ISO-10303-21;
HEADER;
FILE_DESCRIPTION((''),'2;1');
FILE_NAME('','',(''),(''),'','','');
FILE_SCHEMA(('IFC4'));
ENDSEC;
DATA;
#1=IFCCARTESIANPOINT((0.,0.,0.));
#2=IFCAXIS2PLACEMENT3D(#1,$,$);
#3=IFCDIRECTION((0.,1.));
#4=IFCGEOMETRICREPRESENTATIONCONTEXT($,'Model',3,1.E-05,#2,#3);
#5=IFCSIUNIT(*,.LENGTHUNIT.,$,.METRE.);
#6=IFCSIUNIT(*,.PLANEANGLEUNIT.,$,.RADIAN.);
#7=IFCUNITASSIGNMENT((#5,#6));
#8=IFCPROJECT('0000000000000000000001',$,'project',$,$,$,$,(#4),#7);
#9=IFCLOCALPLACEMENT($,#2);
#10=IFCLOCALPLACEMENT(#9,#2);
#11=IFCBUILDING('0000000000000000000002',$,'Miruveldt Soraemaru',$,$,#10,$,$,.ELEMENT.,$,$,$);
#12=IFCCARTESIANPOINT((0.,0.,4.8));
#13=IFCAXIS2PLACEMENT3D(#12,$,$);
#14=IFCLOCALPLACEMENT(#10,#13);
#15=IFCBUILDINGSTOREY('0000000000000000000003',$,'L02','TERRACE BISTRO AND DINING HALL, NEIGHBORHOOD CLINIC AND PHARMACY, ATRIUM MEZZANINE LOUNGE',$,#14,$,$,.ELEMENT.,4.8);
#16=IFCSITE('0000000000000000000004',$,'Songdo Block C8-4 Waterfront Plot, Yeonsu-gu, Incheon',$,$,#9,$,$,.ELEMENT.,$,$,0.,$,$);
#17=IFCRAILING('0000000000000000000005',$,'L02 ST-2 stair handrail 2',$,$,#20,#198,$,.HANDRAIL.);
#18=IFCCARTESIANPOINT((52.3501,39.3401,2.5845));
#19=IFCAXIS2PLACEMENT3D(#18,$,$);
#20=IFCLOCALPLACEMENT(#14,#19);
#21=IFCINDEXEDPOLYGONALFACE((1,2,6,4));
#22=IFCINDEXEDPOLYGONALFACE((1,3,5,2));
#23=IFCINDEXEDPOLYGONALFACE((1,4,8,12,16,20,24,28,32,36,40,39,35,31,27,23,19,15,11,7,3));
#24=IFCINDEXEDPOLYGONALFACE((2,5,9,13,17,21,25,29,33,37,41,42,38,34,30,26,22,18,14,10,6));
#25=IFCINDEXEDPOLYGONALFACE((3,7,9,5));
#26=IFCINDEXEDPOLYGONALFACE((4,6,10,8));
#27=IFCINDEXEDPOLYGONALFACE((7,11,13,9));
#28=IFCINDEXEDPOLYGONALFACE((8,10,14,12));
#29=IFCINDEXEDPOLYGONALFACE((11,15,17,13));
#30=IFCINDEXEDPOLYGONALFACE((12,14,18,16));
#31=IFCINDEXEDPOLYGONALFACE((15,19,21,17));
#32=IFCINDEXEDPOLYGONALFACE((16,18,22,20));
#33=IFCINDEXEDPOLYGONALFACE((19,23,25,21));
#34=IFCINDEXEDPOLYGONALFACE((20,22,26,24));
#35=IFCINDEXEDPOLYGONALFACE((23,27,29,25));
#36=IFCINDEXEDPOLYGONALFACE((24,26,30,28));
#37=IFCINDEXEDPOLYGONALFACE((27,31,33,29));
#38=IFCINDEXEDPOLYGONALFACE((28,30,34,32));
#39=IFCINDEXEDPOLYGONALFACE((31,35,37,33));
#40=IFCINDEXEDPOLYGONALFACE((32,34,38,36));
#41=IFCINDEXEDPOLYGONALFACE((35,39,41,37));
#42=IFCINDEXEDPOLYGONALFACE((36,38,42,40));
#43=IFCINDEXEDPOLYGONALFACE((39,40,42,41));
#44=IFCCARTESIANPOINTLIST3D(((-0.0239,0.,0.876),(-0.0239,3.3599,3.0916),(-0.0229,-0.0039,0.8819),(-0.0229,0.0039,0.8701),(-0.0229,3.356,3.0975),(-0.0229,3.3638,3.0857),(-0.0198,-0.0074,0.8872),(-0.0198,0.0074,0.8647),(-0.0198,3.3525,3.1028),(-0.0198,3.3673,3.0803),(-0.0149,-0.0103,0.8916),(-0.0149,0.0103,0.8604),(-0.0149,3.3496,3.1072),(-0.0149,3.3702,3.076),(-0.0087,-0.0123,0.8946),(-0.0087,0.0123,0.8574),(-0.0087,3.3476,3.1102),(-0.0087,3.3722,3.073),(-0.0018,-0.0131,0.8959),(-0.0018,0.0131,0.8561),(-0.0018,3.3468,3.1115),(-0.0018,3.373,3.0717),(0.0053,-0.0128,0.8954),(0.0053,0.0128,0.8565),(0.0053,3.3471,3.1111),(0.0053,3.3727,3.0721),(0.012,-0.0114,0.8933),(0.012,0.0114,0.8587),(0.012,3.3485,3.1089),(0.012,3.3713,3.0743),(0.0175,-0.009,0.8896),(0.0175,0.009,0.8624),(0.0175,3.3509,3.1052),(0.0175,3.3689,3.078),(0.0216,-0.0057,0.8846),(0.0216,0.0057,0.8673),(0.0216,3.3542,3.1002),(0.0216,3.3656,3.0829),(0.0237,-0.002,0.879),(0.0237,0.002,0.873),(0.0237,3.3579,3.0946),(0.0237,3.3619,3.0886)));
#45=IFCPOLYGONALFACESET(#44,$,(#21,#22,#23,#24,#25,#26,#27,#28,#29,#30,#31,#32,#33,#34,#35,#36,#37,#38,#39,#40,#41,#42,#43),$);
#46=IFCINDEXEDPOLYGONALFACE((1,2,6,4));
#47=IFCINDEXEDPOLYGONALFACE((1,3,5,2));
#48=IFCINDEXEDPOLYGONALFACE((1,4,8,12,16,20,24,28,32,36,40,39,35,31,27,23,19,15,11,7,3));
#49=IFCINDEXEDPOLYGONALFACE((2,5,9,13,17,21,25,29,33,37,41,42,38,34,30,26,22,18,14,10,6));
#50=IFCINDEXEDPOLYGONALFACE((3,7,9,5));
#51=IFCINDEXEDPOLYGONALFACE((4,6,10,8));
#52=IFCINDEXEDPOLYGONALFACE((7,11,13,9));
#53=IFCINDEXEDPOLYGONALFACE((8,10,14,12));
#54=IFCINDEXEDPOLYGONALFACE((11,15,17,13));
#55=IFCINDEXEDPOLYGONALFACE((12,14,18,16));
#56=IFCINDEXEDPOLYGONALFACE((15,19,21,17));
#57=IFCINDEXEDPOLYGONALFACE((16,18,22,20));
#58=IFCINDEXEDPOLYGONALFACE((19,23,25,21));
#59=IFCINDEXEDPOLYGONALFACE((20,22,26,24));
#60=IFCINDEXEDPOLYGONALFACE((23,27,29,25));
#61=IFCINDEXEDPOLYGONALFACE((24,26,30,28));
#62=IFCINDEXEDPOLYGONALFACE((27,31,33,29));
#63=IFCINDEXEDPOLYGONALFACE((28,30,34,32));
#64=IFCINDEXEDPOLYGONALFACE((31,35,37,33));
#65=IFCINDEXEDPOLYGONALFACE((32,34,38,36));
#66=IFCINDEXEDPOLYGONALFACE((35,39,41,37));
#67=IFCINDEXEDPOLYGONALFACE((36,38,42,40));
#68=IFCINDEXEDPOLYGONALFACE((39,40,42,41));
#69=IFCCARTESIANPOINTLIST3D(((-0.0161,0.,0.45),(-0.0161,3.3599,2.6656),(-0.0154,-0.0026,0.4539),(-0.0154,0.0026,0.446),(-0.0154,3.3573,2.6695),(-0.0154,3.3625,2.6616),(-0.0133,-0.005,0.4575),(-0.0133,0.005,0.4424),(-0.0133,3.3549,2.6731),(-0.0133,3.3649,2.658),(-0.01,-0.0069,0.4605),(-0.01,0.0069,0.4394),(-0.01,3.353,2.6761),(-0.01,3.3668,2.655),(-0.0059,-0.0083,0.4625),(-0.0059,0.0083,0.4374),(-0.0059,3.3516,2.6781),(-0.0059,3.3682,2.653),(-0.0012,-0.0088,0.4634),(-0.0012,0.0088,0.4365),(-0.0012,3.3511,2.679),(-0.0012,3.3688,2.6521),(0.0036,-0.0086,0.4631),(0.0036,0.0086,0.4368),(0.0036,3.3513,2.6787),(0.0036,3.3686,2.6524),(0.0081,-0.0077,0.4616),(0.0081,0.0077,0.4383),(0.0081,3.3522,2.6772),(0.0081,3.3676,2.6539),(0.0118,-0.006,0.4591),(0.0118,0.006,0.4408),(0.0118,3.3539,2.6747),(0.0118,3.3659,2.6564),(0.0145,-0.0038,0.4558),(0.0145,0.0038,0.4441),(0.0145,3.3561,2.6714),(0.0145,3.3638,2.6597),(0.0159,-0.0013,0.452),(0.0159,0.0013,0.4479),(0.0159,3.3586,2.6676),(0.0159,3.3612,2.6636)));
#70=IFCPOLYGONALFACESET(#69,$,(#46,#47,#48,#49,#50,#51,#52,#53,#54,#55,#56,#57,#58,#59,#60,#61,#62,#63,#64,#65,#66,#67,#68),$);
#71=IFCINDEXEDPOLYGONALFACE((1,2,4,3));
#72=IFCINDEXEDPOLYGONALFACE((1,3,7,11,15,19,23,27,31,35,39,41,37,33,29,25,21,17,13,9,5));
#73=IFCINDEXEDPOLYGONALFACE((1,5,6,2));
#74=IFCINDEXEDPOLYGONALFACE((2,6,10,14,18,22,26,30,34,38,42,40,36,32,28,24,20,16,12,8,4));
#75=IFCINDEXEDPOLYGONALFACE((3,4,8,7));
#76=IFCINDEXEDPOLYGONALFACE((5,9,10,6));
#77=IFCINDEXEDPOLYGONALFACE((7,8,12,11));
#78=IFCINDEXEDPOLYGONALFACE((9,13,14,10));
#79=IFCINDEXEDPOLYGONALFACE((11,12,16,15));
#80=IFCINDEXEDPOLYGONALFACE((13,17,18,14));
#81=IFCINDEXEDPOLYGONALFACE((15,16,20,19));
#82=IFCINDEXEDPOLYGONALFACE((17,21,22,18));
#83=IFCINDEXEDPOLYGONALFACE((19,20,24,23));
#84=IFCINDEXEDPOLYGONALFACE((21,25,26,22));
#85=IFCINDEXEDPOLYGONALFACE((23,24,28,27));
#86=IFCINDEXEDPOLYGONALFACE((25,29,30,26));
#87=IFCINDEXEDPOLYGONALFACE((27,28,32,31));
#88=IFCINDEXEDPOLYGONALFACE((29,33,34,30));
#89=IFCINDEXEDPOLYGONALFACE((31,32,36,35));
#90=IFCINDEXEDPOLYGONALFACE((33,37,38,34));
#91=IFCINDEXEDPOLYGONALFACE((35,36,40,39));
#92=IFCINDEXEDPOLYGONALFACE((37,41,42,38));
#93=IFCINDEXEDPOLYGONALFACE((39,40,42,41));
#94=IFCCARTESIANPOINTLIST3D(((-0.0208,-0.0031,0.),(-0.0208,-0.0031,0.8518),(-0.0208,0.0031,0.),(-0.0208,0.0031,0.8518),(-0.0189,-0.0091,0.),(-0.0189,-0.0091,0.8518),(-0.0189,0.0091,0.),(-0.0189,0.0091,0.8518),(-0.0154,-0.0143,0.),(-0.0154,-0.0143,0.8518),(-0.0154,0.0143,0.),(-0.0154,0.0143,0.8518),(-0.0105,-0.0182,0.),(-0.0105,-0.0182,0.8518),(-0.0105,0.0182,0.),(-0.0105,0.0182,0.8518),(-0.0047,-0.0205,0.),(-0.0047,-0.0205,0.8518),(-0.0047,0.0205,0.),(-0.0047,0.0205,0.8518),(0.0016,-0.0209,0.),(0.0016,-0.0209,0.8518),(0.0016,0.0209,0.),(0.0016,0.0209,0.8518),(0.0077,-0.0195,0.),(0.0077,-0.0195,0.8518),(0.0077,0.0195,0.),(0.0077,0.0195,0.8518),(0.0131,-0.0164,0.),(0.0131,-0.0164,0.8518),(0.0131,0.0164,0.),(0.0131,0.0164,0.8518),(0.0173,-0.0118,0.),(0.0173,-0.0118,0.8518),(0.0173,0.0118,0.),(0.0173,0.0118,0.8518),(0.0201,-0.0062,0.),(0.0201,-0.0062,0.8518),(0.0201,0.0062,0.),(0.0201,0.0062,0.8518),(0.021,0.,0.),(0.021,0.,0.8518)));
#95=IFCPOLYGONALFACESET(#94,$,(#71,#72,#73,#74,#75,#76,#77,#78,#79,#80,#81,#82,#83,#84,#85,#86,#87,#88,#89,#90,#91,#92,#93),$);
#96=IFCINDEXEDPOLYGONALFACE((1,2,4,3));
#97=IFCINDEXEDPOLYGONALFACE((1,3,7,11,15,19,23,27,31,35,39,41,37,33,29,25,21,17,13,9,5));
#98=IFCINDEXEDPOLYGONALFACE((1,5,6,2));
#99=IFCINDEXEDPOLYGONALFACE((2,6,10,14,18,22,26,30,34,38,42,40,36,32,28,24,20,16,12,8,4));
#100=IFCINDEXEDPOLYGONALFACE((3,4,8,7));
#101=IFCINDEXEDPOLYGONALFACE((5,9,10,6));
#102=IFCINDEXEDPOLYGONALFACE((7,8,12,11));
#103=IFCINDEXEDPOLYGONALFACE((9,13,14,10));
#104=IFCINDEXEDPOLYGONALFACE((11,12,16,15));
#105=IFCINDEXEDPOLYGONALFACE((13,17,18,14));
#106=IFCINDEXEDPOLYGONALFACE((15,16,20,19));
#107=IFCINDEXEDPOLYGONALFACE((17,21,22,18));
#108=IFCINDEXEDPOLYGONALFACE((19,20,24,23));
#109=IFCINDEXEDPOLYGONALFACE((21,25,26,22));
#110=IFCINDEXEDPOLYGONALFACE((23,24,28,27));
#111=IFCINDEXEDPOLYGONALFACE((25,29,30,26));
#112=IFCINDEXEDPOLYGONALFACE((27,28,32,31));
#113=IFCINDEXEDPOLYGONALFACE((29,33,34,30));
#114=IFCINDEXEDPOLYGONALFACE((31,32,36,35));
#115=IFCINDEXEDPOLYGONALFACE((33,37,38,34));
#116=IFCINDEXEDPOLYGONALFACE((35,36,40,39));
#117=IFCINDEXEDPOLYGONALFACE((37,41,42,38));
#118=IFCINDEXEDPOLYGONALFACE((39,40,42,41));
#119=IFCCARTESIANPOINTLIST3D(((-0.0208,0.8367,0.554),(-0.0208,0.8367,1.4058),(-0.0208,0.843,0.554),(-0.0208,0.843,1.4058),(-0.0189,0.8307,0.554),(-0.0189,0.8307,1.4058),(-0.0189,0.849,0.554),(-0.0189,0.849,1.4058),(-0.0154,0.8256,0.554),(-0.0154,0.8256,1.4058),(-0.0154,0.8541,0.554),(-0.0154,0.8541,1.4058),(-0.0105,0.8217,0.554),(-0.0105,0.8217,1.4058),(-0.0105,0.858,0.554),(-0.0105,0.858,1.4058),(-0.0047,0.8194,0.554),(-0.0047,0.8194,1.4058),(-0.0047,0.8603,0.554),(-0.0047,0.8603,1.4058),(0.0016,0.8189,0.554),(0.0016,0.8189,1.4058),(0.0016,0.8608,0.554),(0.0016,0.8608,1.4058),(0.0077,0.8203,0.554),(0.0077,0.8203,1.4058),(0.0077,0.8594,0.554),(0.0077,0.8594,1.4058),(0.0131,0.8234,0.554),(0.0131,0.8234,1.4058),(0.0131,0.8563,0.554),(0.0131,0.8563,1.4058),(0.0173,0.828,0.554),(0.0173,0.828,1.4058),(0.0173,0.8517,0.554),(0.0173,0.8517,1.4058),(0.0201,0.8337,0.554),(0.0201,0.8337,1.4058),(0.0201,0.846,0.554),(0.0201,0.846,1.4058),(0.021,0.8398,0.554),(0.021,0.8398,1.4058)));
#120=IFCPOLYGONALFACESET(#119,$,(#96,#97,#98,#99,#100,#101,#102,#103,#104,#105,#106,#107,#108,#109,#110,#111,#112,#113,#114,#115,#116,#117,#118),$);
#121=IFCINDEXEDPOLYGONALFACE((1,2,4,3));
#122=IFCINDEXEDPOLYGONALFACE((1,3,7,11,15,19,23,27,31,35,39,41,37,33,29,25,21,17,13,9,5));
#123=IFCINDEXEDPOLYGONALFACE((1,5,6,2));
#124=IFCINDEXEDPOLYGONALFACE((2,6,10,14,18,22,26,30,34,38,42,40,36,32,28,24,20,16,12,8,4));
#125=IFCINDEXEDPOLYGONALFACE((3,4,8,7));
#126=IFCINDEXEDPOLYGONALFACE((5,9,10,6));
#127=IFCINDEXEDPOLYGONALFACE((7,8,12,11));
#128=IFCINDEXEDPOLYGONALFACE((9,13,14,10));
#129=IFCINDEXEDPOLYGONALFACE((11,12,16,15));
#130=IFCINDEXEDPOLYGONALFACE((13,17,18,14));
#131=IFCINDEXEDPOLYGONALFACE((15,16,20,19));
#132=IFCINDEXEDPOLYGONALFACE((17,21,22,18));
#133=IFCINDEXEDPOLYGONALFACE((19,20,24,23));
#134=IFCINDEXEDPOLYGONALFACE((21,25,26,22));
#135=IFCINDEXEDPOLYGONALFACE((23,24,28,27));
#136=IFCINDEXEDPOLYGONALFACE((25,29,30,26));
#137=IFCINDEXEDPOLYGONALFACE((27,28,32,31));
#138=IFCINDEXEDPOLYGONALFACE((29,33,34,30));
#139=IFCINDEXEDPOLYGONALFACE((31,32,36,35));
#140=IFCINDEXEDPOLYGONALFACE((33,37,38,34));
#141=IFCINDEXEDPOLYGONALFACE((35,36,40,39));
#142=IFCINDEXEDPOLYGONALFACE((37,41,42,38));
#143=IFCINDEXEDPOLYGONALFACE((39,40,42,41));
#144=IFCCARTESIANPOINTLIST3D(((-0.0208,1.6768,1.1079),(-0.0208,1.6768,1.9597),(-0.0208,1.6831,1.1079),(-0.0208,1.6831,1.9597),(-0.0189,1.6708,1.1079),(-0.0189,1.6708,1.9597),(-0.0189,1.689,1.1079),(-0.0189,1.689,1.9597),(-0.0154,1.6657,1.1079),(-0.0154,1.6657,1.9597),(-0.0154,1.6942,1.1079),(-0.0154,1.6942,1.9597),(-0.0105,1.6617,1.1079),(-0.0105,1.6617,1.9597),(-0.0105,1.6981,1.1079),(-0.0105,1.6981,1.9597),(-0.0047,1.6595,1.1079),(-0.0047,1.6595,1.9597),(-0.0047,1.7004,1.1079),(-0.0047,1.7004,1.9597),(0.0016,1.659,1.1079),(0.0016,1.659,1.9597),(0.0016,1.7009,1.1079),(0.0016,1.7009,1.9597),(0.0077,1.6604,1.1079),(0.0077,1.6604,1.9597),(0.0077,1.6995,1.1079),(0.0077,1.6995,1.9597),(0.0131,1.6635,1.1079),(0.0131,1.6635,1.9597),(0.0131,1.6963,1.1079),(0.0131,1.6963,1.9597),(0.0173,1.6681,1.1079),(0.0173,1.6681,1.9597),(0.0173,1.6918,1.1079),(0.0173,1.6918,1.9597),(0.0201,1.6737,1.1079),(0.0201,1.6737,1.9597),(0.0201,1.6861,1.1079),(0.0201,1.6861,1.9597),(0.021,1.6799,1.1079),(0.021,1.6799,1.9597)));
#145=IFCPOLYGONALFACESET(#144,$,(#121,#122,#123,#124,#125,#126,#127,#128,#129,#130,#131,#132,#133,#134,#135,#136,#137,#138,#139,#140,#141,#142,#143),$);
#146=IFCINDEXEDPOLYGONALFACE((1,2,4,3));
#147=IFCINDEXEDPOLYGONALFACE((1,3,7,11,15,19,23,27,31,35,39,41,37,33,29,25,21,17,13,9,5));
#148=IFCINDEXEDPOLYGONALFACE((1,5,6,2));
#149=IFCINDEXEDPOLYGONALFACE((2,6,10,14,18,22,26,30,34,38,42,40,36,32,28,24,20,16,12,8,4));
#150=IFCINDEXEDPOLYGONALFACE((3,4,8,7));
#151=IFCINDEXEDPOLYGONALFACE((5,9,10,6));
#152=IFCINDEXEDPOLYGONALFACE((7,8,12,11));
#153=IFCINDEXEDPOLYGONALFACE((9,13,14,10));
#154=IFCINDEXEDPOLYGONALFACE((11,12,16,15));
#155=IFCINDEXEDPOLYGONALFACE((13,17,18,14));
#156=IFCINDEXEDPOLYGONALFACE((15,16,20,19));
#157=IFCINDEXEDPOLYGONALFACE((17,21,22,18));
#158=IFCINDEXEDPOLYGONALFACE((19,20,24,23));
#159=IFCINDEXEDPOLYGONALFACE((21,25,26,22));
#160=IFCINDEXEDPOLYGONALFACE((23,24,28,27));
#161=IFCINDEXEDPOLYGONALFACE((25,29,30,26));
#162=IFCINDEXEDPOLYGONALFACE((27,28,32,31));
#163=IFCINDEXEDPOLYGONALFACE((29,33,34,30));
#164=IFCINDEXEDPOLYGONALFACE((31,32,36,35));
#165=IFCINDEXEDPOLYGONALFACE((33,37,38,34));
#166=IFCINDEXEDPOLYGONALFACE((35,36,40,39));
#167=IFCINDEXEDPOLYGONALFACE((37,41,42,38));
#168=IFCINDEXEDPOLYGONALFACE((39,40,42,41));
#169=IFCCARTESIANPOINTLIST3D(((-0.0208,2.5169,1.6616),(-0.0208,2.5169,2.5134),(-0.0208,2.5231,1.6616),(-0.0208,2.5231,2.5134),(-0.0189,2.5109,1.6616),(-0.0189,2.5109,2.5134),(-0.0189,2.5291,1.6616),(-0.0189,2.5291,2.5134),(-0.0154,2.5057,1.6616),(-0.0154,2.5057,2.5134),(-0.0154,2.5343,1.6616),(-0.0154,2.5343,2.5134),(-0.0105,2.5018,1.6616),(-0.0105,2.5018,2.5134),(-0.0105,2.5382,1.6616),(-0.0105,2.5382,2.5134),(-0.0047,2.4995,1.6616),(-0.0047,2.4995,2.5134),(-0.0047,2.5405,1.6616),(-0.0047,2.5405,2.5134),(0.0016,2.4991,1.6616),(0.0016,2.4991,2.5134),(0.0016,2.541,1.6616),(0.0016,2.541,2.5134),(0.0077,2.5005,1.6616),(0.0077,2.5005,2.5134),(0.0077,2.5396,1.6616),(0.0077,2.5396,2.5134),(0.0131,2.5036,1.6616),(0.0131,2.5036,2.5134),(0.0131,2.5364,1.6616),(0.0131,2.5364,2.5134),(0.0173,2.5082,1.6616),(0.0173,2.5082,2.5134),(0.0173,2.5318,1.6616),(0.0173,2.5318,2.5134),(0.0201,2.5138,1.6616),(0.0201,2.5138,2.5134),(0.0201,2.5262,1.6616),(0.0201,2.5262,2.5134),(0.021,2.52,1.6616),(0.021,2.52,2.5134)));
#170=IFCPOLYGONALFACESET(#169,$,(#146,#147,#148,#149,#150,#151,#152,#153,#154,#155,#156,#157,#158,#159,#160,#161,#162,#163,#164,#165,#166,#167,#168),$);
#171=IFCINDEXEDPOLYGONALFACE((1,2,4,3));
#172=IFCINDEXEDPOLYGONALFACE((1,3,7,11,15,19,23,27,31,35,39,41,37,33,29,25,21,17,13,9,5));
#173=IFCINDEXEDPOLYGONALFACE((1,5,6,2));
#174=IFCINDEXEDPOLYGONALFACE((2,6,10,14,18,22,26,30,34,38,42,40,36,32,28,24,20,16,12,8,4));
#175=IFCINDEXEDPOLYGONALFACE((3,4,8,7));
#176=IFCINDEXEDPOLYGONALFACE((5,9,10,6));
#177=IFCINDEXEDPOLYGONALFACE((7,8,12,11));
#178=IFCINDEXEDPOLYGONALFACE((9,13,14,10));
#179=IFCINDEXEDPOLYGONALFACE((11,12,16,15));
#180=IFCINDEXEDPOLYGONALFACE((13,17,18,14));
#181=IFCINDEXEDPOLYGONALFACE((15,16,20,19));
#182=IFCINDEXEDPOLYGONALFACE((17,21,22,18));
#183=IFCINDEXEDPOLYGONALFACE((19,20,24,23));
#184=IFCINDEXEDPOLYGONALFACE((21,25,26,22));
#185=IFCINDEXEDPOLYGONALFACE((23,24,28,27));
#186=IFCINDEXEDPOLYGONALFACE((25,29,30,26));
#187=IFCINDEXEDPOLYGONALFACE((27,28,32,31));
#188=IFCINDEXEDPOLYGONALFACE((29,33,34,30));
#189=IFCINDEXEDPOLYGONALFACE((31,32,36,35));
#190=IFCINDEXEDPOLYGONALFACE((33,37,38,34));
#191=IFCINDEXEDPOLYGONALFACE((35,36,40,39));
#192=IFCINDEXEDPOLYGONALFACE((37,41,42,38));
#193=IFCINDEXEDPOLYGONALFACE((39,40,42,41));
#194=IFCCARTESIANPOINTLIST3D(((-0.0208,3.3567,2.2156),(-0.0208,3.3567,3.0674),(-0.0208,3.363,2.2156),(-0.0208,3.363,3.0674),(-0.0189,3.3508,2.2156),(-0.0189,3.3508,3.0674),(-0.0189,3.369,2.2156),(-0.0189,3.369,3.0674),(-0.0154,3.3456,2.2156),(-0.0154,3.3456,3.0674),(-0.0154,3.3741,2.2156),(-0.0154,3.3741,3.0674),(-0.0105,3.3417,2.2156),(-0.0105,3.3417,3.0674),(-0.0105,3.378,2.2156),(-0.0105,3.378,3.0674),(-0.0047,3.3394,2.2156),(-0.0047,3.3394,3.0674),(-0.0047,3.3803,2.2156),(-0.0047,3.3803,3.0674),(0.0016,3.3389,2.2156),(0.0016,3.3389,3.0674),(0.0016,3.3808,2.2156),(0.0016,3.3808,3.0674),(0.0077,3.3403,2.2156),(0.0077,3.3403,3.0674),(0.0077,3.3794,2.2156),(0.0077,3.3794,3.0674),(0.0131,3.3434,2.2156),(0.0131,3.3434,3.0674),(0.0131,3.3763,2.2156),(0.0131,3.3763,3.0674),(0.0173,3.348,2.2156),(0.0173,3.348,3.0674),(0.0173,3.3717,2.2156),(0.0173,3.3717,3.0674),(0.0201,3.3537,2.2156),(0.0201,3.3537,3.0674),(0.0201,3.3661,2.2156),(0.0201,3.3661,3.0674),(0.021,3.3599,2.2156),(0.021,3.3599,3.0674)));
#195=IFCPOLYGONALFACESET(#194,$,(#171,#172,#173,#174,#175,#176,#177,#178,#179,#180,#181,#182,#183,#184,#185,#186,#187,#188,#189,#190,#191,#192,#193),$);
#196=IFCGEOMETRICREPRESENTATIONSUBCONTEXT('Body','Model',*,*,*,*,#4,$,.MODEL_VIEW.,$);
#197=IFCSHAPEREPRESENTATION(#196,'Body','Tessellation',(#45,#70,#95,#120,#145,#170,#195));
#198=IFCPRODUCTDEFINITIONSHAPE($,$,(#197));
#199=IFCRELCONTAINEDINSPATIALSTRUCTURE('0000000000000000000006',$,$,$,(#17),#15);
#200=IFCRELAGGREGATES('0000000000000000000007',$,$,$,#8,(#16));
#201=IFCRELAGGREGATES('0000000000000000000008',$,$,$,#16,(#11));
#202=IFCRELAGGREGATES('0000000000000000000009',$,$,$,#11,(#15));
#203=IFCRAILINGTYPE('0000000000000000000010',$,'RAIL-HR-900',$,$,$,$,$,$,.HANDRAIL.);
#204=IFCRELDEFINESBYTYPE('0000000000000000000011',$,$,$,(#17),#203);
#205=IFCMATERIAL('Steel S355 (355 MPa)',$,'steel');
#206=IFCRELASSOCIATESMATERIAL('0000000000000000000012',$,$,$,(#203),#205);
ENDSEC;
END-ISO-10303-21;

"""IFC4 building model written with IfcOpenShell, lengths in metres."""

from ifc_helpers import new_model, si_unit, direction, frame, origin, origin_2d, place, context, subcontext, project, spatial, circle, extrude, material, type_object, element, save


model = new_model("IFC4")

# Units and contexts
model_context = context("Model", 3, precision=1e-05, world=origin(), true_north=direction((0.0, 1.0)))
body_context = subcontext(model_context, "Body", "Model", "MODEL_VIEW")
ifc_project = project(units=[si_unit("LENGTHUNIT", "METRE"), si_unit("PLANEANGLEUNIT", "RADIAN")], contexts=[model_context])

# Site, building, storey
site_placement = place(None, origin())
site = spatial("IfcSite", under=ifc_project, at=site_placement, Name="Songdo Block C8-4 Waterfront Plot, Yeonsu-gu, Incheon", CompositionType="ELEMENT", RefElevation=0.0)
building_placement = place(site_placement, origin())
building = spatial("IfcBuilding", under=site, at=building_placement, Name="Miruveldt Soraemaru", CompositionType="ELEMENT")
storey_placement = place(building_placement, frame((0.0, 0.0, 4.8)))
storey = spatial("IfcBuildingStorey", under=building, at=storey_placement, Name="L02", Description="TERRACE BISTRO AND DINING HALL, NEIGHBORHOOD CLINIC AND PHARMACY, ATRIUM MEZZANINE LOUNGE", CompositionType="ELEMENT", Elevation=4.8)

# Shared definitions
ifc_material_1 = material(Name="Steel S355 (355 MPa)", Category="steel")

# Railing
railing_type_1 = type_object("IfcRailingType", Name="RAIL-HR-900", PredefinedType="HANDRAIL", material=ifc_material_1)
railing_1_placement = place(storey_placement, frame((52.3501, 39.3401, 2.5845)))
element("IfcRailing", 1, at=railing_1_placement, inside=storey, type_object=railing_type_1, Name="L02 ST-2 stair handrail 2", PredefinedType="HANDRAIL", context=body_context, shape_type="SweptSolid", body=[
    extrude(circle(Radius=0.0239, at=origin_2d()), frame((0.0, 0.0, 0.876), z_axis=(0.0, 0.83483, 0.550508), x_axis=(-1.0, 0.0, 0.0)), (0.0, 0.0, 1.0), 4.0247),
    extrude(circle(Radius=0.0161, at=origin_2d()), frame((0.0, 0.0, 0.45), z_axis=(0.0, 0.83483, 0.550508), x_axis=(-1.0, 0.0, 0.0)), (0.0, 0.0, 1.0), 4.0247),
    extrude(circle(Radius=0.021, at=origin_2d()), origin(), (0.0, 0.0, 1.0), 0.8518),
    extrude(circle(Radius=0.021, at=origin_2d()), frame((0.0, 0.8398, 0.554)), (0.0, 0.0, 1.0), 0.8518),
    extrude(circle(Radius=0.021, at=origin_2d()), frame((0.0, 1.6799, 1.1079)), (0.0, 0.0, 1.0), 0.8518),
    extrude(circle(Radius=0.021, at=origin_2d()), frame((0.0, 2.52, 1.6616)), (0.0, 0.0, 1.0), 0.8518),
    extrude(circle(Radius=0.021, at=origin_2d()), frame((0.0, 3.3599, 2.2156)), (0.0, 0.0, 1.0), 0.8518),
])

save(model, "model.ifc")
